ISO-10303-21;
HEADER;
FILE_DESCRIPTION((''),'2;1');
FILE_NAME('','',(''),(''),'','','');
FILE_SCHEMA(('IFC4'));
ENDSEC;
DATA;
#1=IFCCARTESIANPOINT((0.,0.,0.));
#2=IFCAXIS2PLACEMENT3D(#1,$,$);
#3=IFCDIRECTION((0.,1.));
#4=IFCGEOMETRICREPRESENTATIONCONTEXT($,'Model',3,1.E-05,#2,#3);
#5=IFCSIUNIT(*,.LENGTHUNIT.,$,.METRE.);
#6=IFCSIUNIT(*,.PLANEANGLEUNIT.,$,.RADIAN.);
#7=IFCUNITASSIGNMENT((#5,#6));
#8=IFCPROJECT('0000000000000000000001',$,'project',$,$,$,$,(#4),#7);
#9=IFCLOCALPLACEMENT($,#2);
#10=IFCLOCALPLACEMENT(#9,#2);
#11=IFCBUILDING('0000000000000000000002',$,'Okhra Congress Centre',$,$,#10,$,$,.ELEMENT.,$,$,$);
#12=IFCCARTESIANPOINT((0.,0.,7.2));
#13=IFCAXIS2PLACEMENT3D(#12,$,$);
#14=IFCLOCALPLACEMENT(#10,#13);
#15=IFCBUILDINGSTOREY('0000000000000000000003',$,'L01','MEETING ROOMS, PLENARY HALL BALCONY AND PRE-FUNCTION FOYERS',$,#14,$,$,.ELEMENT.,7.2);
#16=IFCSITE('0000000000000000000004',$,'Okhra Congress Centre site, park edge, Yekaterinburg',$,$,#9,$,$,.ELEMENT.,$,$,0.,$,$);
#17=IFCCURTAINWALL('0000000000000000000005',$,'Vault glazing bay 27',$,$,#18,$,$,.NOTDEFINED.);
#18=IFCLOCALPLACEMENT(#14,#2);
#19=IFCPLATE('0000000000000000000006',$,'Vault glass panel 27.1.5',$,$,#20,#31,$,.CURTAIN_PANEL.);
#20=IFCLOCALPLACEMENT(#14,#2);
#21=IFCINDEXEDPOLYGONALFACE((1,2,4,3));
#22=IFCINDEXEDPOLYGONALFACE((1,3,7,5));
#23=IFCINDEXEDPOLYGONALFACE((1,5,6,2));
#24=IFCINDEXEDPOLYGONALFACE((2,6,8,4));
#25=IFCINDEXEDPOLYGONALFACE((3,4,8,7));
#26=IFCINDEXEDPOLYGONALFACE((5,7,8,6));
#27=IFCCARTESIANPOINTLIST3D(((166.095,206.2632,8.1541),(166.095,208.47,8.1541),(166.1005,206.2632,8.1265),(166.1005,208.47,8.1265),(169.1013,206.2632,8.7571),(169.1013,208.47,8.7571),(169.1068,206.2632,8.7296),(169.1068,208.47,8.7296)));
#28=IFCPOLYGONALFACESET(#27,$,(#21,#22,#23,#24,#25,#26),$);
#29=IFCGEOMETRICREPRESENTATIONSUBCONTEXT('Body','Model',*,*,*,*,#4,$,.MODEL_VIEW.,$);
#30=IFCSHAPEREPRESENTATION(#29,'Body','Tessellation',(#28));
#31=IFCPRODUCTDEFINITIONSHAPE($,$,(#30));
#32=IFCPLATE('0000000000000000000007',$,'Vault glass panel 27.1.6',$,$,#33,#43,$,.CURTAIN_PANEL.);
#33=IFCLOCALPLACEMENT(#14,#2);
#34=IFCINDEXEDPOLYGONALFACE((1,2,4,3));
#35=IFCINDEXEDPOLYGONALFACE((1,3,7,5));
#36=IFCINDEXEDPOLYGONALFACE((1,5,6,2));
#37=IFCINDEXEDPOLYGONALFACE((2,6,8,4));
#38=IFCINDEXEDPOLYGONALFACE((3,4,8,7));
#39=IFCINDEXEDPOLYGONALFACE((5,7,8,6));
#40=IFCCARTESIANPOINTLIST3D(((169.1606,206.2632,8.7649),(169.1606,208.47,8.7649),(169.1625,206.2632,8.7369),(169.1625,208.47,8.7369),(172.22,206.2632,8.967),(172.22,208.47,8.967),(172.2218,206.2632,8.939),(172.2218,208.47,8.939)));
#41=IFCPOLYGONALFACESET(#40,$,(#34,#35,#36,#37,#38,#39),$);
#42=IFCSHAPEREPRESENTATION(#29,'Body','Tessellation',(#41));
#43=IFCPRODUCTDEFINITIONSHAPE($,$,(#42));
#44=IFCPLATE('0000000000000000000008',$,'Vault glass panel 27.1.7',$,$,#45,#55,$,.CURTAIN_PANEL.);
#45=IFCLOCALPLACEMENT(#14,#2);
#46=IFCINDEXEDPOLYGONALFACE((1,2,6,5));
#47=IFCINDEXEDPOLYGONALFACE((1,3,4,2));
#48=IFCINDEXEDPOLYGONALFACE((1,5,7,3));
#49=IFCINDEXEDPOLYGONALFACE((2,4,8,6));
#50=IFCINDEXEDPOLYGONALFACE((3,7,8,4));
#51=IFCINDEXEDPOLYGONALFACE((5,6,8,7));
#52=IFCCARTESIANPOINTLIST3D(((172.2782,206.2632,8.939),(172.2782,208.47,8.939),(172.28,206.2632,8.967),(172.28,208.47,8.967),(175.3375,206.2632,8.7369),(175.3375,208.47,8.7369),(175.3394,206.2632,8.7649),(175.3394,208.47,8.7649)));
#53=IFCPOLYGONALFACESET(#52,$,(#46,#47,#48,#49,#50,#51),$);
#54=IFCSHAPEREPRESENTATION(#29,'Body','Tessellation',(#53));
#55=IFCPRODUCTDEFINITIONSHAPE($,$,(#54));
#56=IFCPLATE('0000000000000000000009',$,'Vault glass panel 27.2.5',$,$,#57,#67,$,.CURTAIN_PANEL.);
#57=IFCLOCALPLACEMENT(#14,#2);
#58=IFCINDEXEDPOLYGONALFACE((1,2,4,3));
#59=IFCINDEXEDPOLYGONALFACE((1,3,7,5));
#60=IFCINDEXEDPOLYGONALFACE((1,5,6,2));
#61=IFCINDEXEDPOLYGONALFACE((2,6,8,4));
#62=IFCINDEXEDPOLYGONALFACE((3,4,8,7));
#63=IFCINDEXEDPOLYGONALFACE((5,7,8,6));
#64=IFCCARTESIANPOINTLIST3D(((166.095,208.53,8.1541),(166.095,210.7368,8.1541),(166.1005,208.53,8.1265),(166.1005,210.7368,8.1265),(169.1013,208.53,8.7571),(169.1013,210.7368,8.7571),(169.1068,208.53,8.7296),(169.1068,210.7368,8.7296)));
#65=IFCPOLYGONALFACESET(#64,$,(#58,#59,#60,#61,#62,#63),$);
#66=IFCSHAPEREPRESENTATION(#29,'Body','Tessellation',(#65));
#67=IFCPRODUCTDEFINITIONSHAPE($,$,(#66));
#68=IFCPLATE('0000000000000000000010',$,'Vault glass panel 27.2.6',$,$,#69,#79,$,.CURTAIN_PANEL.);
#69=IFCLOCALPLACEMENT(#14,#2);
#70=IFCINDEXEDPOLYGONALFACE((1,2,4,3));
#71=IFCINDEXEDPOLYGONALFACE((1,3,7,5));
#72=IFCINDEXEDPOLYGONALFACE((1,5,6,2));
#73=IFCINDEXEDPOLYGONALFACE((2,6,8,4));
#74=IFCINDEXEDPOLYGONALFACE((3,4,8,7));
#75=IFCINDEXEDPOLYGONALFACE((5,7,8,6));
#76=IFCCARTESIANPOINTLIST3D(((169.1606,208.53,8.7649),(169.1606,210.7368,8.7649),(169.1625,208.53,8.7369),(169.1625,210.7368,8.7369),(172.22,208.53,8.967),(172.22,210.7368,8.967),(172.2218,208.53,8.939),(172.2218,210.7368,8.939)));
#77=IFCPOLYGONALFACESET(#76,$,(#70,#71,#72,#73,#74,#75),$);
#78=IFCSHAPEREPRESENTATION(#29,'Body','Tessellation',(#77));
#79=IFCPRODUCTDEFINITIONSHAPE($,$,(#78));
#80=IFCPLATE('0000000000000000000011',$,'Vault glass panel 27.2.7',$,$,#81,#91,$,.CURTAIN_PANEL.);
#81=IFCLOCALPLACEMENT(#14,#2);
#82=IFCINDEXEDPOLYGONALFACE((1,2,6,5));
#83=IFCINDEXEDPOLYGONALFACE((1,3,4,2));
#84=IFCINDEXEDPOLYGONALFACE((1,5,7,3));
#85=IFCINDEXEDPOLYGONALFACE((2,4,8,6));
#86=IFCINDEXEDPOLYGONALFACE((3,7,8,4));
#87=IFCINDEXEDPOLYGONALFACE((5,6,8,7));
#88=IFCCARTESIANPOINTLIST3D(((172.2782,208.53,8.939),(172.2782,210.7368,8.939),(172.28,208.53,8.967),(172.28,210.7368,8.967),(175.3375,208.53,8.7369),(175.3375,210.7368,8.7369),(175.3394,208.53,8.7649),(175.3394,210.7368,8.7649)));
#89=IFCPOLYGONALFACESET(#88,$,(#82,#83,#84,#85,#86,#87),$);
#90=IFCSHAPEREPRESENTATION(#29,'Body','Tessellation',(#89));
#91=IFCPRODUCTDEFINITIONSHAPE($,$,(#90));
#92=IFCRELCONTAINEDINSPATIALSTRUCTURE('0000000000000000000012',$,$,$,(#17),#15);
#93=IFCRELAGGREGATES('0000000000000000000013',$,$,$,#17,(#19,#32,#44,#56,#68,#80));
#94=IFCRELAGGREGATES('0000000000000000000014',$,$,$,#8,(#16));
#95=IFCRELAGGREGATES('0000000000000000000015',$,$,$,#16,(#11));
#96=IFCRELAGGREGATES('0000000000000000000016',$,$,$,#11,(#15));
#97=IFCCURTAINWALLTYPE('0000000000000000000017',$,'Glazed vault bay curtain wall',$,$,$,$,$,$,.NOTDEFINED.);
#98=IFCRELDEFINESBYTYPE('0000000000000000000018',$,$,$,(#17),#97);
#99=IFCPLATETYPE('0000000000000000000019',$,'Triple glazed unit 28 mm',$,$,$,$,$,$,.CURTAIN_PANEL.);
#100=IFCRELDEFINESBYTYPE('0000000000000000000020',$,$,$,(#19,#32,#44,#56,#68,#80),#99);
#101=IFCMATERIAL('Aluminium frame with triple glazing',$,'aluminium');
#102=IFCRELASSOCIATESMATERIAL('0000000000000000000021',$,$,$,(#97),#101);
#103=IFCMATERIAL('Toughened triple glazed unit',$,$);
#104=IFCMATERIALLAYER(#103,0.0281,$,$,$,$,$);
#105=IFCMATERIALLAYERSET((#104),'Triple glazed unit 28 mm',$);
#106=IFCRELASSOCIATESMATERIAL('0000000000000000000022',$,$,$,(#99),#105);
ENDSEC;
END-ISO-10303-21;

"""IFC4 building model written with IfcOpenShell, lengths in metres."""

from ifc_helpers import new_model, si_unit, direction, frame, origin, place, context, subcontext, project, spatial, polyline, outline, extrude, material, layer, layer_set, type_object, element, aggregate, save


model = new_model("IFC4")

# Units and contexts
model_context = context("Model", 3, precision=1e-05, world=origin(), true_north=direction((0.0, 1.0)))
body_context = subcontext(model_context, "Body", "Model", "MODEL_VIEW")
ifc_project = project(units=[si_unit("LENGTHUNIT", "METRE"), si_unit("PLANEANGLEUNIT", "RADIAN")], contexts=[model_context])

# Site, building, storey
site_placement = place(None, origin())
site = spatial("IfcSite", under=ifc_project, at=site_placement, Name="Okhra Congress Centre site, park edge, Yekaterinburg", CompositionType="ELEMENT", RefElevation=0.0)
building_placement = place(site_placement, origin())
building = spatial("IfcBuilding", under=site, at=building_placement, Name="Okhra Congress Centre", CompositionType="ELEMENT")
storey_placement = place(building_placement, frame((0.0, 0.0, 7.2)))
storey = spatial("IfcBuildingStorey", under=building, at=storey_placement, Name="L01", Description="MEETING ROOMS, PLENARY HALL BALCONY AND PRE-FUNCTION FOYERS", CompositionType="ELEMENT", Elevation=7.2)

# Curtain wall
ifc_material_1 = material(Name="Aluminium frame with triple glazing", Category="aluminium")
curtain_wall_type = type_object("IfcCurtainWallType", Name="Glazed vault bay curtain wall", PredefinedType="NOTDEFINED", material=ifc_material_1)
curtain_wall_1_placement = place(storey_placement, origin())
curtain_wall_1 = element("IfcCurtainWall", 1, at=curtain_wall_1_placement, inside=storey, type_object=curtain_wall_type, Name="Vault glazing bay 27", PredefinedType="NOTDEFINED")

# Plates
ifc_material_2 = material(Name="Toughened triple glazed unit")
ifc_layer = layer(ifc_material_2, 0.0281)
ifc_layer_set = layer_set([ifc_layer], Name="Triple glazed unit 28 mm")
plate_type = type_object("IfcPlateType", Name="Triple glazed unit 28 mm", PredefinedType="CURTAIN_PANEL", material=ifc_layer_set)
plate_1_placement = place(storey_placement, frame((166.095, 206.2632, 8.1541), z_axis=(-0.196667, 0.0, 0.98047), x_axis=(0.98047, 0.0, 0.196667)))
plate_1 = element("IfcPlate", 2, at=plate_1_placement, type_object=plate_type, Name="Vault glass panel 27.1.5", PredefinedType="CURTAIN_PANEL", context=body_context, shape_type="SweptSolid", body=[
    extrude(outline(polyline([(0.0, 0.0), (3.0662, 0.0), (3.0662, 2.2068), (0.0, 2.2068), (0.0, 0.0)])), origin(), (0.0, 0.0, -1.0), 0.0281),
])
plate_2_placement = place(storey_placement, frame((169.1606, 206.2632, 8.7649), z_axis=(-0.065932, 0.0, 0.997824), x_axis=(0.997824, 0.0, 0.065932)))
plate_2 = element("IfcPlate", 3, at=plate_2_placement, type_object=plate_type, Name="Vault glass panel 27.1.6", PredefinedType="CURTAIN_PANEL", context=body_context, shape_type="SweptSolid", body=[
    extrude(outline(polyline([(0.0, 0.0), (3.066, 0.0), (3.066, 2.2068), (0.0, 2.2068), (0.0, 0.0)])), origin(), (0.0, 0.0, -1.0), 0.0281),
])
plate_3_placement = place(storey_placement, frame((172.28, 206.2632, 8.967), z_axis=(0.065932, 0.0, 0.997824), x_axis=(0.997824, 0.0, -0.065932)))
plate_3 = element("IfcPlate", 4, at=plate_3_placement, type_object=plate_type, Name="Vault glass panel 27.1.7", PredefinedType="CURTAIN_PANEL", context=body_context, shape_type="SweptSolid", body=[
    extrude(outline(polyline([(0.0, 0.0), (3.066, 0.0), (3.066, 2.2068), (0.0, 2.2068), (0.0, 0.0)])), origin(), (0.0, 0.0, -1.0), 0.0281),
])
plate_4_placement = place(storey_placement, frame((166.095, 208.53, 8.1541), z_axis=(-0.196667, 0.0, 0.98047), x_axis=(0.98047, 0.0, 0.196667)))
plate_4 = element("IfcPlate", 5, at=plate_4_placement, type_object=plate_type, Name="Vault glass panel 27.2.5", PredefinedType="CURTAIN_PANEL", context=body_context, shape_type="SweptSolid", body=[
    extrude(outline(polyline([(0.0, 0.0), (3.0662, 0.0), (3.0662, 2.2068), (0.0, 2.2068), (0.0, 0.0)])), origin(), (0.0, 0.0, -1.0), 0.0281),
])
plate_5_placement = place(storey_placement, frame((169.1606, 208.53, 8.7649), z_axis=(-0.065932, 0.0, 0.997824), x_axis=(0.997824, 0.0, 0.065932)))
plate_5 = element("IfcPlate", 6, at=plate_5_placement, type_object=plate_type, Name="Vault glass panel 27.2.6", PredefinedType="CURTAIN_PANEL", context=body_context, shape_type="SweptSolid", body=[
    extrude(outline(polyline([(0.0, 0.0), (3.066, 0.0), (3.066, 2.2068), (0.0, 2.2068), (0.0, 0.0)])), origin(), (0.0, 0.0, -1.0), 0.0281),
])
plate_6_placement = place(storey_placement, frame((172.28, 208.53, 8.967), z_axis=(0.065932, 0.0, 0.997824), x_axis=(0.997824, 0.0, -0.065932)))
plate_6 = element("IfcPlate", 7, at=plate_6_placement, type_object=plate_type, Name="Vault glass panel 27.2.7", PredefinedType="CURTAIN_PANEL", context=body_context, shape_type="SweptSolid", body=[
    extrude(outline(polyline([(0.0, 0.0), (3.066, 0.0), (3.066, 2.2068), (0.0, 2.2068), (0.0, 0.0)])), origin(), (0.0, 0.0, -1.0), 0.0281),
])
aggregate(curtain_wall_1, [plate_1, plate_2, plate_3, plate_4, plate_5, plate_6])

save(model, "model.ifc")
